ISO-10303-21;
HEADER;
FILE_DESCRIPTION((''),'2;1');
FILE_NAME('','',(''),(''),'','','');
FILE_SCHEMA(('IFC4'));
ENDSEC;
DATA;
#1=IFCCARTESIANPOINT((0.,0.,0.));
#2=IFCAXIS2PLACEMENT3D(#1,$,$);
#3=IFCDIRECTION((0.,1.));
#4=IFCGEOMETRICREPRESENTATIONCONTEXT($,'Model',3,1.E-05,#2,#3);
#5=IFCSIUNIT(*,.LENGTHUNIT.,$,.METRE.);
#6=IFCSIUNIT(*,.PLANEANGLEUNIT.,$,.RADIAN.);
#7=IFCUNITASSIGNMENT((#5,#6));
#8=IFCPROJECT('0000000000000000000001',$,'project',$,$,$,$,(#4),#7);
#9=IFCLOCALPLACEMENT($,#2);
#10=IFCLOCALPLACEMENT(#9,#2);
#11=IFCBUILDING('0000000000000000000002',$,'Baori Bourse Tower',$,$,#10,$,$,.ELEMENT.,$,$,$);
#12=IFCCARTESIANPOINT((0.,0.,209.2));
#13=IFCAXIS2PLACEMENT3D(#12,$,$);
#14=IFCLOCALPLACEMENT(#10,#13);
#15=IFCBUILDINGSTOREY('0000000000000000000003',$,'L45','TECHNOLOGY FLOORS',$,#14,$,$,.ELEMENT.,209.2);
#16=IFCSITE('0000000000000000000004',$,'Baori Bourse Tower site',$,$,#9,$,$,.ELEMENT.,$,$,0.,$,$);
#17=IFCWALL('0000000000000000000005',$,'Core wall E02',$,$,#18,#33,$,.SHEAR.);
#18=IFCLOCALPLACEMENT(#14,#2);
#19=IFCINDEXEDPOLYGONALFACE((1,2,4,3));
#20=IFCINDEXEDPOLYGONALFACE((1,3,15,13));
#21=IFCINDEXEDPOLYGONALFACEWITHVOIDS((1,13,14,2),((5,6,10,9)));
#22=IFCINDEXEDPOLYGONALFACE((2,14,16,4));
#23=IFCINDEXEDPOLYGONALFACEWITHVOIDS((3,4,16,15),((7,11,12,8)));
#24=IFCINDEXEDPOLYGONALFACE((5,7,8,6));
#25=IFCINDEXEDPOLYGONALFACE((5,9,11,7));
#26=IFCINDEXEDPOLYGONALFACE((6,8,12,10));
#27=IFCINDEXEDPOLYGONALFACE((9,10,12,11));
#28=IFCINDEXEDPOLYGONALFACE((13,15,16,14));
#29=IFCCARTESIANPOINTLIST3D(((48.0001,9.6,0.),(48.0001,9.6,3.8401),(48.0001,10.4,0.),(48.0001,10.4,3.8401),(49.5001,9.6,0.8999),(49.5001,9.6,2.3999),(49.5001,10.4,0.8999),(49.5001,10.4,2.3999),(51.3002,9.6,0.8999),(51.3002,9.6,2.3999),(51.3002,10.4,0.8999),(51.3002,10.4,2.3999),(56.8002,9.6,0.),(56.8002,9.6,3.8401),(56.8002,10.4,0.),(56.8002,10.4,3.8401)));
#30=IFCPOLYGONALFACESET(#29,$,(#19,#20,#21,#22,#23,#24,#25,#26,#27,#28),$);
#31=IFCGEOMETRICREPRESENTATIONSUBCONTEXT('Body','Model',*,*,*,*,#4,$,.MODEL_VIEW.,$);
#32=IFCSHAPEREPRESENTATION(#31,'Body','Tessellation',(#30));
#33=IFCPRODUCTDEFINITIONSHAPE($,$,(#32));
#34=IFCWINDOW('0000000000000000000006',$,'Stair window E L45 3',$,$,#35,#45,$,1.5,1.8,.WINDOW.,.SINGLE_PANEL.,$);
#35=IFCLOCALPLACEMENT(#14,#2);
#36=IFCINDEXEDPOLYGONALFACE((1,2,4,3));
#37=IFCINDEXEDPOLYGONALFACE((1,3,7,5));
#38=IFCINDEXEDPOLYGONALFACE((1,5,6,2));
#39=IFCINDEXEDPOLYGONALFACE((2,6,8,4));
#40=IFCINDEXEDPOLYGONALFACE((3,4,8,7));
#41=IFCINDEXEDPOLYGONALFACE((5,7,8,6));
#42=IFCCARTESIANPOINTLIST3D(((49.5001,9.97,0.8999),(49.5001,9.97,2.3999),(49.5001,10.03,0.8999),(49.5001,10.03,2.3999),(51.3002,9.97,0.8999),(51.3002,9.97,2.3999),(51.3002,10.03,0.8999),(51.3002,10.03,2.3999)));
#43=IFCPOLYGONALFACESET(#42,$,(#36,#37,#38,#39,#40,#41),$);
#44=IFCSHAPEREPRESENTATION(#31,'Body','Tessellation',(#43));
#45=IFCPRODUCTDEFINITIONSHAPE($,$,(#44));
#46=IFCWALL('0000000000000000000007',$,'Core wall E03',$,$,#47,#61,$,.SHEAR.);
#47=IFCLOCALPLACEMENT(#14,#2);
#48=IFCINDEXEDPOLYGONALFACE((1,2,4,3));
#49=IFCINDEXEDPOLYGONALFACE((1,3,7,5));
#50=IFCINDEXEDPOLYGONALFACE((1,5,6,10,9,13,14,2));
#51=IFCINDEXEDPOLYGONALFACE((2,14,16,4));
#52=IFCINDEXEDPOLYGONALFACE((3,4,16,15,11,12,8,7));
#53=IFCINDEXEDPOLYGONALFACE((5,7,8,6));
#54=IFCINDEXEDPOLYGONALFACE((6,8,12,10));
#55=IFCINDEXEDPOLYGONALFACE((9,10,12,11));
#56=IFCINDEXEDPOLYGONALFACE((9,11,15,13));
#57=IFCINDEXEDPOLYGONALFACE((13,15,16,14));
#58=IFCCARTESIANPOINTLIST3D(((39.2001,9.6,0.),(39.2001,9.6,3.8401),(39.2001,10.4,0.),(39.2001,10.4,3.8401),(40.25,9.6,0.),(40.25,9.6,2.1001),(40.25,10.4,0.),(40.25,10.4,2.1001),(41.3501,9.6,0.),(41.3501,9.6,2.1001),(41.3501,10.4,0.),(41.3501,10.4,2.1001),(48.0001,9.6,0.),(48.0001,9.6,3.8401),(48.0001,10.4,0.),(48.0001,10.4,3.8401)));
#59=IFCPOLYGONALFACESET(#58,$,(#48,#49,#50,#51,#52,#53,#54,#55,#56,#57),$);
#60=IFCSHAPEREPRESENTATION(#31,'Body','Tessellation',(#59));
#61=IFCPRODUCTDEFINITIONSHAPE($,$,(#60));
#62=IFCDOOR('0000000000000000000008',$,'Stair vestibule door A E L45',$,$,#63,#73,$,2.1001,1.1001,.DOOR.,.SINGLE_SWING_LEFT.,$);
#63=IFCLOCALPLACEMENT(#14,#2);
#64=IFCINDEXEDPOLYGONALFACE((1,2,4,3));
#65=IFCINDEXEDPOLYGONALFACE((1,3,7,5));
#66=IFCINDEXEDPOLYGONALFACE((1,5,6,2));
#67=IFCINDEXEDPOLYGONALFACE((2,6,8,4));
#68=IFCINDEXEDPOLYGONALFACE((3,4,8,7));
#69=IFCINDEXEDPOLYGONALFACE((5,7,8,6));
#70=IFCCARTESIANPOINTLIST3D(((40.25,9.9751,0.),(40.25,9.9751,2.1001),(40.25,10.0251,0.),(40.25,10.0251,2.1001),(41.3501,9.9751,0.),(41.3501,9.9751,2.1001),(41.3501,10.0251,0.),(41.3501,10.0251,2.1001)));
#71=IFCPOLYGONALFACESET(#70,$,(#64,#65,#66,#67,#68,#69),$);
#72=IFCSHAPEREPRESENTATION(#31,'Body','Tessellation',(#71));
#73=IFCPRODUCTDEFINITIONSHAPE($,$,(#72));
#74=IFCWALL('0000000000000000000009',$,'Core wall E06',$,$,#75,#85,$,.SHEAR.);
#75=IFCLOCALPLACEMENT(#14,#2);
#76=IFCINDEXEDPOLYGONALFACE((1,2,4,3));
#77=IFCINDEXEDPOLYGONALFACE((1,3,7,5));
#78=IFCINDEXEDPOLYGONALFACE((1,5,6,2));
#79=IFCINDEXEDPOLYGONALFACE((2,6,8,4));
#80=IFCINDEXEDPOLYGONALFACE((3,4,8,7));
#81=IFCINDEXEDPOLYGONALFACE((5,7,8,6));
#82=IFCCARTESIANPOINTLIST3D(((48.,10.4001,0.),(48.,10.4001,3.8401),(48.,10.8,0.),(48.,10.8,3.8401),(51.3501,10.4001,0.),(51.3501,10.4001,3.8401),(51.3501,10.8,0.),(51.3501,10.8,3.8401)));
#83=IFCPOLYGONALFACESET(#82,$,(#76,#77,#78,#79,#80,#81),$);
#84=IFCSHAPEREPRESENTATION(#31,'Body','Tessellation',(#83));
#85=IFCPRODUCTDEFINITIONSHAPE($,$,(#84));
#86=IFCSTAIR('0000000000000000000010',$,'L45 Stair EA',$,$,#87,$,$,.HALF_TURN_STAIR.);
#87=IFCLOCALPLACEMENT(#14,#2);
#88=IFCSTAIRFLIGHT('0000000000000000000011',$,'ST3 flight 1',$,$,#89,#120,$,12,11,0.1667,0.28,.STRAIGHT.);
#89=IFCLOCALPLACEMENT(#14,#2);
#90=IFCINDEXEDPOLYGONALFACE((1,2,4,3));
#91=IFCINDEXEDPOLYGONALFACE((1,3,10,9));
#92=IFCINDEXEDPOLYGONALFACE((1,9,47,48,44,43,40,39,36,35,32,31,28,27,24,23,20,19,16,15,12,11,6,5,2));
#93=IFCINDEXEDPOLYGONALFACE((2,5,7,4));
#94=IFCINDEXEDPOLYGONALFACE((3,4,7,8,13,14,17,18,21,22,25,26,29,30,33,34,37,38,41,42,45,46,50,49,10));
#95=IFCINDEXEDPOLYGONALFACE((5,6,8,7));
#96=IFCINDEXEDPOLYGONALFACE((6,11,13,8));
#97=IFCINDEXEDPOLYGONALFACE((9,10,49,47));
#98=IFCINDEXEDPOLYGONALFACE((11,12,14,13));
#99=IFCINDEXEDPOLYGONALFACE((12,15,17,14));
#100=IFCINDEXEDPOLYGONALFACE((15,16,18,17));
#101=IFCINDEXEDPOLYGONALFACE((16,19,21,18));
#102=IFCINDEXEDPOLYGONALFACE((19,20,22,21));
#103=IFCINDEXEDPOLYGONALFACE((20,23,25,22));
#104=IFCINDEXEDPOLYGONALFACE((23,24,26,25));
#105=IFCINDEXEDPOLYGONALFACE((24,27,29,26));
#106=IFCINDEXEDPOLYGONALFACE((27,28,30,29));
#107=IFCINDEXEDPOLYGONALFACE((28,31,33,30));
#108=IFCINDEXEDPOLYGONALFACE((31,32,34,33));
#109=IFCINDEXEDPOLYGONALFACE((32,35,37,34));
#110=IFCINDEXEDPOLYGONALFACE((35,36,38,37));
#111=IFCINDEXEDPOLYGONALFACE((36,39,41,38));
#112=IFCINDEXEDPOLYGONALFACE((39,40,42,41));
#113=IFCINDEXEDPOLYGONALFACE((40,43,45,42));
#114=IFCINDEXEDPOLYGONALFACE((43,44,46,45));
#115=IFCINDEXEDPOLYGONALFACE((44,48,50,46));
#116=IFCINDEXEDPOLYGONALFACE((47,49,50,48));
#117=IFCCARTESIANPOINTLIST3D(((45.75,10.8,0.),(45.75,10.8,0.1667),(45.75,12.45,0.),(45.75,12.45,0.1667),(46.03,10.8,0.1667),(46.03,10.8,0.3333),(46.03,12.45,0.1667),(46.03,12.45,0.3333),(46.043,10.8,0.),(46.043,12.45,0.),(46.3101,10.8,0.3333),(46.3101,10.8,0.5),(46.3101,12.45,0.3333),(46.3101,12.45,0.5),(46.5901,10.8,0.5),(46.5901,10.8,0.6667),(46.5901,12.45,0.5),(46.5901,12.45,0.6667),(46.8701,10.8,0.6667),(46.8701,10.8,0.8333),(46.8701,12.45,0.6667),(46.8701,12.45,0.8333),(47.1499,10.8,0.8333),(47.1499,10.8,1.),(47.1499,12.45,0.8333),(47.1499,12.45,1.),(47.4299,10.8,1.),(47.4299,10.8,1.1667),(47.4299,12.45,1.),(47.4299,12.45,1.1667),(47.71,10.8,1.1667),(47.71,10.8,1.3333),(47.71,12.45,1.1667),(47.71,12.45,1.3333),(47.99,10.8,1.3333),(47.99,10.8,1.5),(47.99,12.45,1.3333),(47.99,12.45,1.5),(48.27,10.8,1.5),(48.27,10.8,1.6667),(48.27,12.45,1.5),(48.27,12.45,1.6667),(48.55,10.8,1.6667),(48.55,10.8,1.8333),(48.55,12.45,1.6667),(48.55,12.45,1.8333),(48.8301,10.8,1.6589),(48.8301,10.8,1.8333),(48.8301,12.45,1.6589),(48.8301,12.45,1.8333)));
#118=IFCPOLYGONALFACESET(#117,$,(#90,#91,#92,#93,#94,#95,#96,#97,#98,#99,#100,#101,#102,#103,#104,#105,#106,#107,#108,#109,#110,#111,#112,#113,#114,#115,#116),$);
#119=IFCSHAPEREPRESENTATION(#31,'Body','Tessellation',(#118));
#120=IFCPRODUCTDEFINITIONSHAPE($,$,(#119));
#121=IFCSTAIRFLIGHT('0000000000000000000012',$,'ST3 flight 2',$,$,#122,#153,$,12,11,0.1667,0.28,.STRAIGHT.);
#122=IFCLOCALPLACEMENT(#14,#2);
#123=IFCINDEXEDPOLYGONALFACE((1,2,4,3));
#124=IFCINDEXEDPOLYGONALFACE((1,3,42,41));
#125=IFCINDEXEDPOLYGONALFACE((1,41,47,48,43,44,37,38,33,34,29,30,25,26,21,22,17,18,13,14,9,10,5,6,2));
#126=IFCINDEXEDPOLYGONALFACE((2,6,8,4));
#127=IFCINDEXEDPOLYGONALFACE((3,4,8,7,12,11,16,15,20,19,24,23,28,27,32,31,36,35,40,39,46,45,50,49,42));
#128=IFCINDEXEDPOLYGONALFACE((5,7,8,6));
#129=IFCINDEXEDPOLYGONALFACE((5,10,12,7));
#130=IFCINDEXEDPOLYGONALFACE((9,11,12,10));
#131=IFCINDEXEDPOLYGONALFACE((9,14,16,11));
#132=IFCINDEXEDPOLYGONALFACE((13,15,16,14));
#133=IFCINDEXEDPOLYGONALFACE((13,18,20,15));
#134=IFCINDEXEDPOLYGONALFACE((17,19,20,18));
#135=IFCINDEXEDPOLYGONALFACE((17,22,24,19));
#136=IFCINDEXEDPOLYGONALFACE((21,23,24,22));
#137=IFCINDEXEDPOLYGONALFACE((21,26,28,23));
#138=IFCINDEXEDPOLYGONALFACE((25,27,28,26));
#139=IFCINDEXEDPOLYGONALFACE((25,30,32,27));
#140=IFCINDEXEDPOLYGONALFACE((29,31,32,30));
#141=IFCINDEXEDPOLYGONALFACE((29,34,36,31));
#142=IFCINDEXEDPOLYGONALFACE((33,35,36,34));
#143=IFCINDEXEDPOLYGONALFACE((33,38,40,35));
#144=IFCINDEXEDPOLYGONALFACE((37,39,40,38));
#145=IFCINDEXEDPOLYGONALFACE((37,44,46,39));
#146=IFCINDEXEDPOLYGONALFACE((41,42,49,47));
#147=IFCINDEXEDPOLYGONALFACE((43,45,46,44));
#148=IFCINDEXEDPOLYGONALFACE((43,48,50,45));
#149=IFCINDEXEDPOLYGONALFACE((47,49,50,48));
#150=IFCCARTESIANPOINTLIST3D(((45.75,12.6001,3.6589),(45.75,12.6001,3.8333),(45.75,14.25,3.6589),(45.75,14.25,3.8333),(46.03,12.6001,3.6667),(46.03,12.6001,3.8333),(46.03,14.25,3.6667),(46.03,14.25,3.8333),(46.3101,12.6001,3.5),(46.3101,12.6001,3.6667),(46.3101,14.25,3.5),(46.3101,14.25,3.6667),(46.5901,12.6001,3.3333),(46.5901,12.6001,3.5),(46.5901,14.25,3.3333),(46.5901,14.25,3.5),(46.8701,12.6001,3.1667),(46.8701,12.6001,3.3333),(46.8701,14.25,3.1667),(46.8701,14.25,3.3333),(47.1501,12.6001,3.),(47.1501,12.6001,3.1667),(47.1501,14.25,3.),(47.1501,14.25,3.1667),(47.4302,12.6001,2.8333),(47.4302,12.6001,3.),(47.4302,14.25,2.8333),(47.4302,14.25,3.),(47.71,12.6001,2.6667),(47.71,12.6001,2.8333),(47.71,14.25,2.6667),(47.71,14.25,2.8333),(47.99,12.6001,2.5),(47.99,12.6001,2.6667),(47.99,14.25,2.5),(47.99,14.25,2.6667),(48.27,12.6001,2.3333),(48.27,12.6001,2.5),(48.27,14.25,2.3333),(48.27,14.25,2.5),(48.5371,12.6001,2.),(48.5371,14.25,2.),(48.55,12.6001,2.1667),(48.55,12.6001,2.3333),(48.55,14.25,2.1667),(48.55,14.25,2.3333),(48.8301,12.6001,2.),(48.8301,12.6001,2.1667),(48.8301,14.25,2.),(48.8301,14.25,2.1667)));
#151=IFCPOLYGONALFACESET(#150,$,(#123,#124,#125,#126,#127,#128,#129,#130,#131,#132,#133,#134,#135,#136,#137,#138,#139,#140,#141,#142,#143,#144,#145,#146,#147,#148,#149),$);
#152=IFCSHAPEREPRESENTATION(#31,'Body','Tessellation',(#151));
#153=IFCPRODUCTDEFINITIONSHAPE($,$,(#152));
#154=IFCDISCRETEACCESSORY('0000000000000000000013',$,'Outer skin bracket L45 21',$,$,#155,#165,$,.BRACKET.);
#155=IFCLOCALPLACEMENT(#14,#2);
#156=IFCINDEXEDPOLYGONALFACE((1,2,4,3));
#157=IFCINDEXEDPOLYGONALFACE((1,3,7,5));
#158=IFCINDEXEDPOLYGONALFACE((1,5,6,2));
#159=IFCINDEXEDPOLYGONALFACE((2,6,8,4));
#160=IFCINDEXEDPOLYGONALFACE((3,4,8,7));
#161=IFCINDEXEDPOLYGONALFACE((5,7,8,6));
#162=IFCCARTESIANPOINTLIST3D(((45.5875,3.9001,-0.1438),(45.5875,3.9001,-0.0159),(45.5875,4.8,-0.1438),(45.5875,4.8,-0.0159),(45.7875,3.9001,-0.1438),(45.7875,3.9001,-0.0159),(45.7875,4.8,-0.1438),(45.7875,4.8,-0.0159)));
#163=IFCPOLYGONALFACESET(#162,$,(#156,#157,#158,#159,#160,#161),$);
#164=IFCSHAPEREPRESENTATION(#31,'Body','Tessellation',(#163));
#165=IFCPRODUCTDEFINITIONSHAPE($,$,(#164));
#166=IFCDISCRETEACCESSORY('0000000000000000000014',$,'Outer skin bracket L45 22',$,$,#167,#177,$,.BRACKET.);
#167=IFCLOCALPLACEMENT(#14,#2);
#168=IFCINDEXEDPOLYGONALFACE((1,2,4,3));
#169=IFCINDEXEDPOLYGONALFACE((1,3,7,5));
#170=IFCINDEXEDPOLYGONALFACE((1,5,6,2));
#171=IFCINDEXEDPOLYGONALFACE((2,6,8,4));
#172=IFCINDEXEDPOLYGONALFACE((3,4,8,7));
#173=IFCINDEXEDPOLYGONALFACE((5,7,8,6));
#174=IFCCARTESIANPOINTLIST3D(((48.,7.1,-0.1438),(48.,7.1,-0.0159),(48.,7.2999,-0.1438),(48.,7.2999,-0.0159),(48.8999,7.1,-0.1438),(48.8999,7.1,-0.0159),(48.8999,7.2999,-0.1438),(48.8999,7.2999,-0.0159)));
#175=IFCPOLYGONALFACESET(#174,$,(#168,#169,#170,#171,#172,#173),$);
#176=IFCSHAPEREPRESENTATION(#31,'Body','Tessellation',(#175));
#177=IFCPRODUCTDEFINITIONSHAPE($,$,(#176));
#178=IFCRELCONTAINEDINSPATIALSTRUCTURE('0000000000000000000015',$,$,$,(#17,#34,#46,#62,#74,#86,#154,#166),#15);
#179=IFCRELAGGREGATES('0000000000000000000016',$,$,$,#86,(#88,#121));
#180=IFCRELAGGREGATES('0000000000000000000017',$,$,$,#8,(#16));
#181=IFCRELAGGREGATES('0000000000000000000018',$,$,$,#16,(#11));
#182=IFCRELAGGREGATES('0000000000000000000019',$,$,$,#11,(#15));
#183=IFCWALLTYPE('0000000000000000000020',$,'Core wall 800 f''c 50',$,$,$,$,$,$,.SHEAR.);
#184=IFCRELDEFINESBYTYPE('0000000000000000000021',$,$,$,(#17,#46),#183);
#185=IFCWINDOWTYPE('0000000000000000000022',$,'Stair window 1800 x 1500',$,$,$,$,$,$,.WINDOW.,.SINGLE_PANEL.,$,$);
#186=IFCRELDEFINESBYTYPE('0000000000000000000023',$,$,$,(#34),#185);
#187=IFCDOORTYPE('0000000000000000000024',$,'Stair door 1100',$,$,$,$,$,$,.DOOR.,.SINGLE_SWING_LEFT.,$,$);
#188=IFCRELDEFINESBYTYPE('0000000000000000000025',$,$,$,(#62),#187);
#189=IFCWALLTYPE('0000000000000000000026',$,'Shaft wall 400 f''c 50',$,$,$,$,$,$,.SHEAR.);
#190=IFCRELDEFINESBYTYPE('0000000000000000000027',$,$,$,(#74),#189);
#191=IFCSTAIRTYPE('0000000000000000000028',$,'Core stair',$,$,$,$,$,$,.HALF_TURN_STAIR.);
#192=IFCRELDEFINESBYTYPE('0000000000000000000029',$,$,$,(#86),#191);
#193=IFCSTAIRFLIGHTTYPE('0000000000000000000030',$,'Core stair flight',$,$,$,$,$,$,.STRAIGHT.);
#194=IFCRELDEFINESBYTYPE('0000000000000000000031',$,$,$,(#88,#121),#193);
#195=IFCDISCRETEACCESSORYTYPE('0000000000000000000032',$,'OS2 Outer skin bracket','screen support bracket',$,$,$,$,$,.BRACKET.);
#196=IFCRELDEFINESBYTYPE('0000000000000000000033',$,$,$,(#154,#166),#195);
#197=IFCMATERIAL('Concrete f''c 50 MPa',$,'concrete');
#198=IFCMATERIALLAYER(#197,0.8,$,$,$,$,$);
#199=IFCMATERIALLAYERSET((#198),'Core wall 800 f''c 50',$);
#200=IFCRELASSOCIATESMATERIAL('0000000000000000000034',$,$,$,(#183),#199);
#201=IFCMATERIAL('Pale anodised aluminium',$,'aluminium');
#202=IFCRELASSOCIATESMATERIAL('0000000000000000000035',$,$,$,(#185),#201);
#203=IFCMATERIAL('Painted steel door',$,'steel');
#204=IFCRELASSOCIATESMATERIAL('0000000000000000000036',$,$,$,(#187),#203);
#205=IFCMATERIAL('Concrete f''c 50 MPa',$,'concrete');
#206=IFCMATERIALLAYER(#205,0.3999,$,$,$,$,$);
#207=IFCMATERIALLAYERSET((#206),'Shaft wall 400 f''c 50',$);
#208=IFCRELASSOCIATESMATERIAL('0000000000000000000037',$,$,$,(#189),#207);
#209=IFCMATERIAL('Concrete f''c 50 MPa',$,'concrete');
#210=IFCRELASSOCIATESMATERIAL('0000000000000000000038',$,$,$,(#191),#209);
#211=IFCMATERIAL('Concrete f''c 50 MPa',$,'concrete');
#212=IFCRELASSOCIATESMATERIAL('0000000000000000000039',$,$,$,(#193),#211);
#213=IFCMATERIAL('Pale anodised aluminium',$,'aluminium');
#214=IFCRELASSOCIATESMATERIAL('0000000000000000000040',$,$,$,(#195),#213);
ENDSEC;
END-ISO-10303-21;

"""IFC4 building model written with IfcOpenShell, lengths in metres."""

from ifc_helpers import new_model, si_unit, direction, frame, frame_2d, origin, origin_2d, place, context, subcontext, project, spatial, polyline, rectangle, outline, extrude, material, layer, layer_set, type_object, element, fill, aggregate, save


model = new_model("IFC4")

# Units and contexts
model_context = context("Model", 3, precision=1e-05, world=origin(), true_north=direction((0.0, 1.0)))
body_context = subcontext(model_context, "Body", "Model", "MODEL_VIEW")
ifc_project = project(units=[si_unit("LENGTHUNIT", "METRE"), si_unit("PLANEANGLEUNIT", "RADIAN")], contexts=[model_context])

# Site, building, storey
site_placement = place(None, origin())
site = spatial("IfcSite", under=ifc_project, at=site_placement, Name="Baori Bourse Tower site", CompositionType="ELEMENT", RefElevation=0.0)
building_placement = place(site_placement, origin())
building = spatial("IfcBuilding", under=site, at=building_placement, Name="Baori Bourse Tower", CompositionType="ELEMENT")
storey_placement = place(building_placement, frame((0.0, 0.0, 209.2)))
storey = spatial("IfcBuildingStorey", under=building, at=storey_placement, Name="L45", Description="TECHNOLOGY FLOORS", CompositionType="ELEMENT", Elevation=209.2)

# Wall, opening, window
ifc_material_1 = material(Name="Concrete f'c 50 MPa", Category="concrete")
ifc_layer_1 = layer(ifc_material_1, 0.8)
ifc_layer_set_1 = layer_set([ifc_layer_1], Name="Core wall 800 f'c 50")
wall_type_1 = type_object("IfcWallType", Name="Core wall 800 f'c 50", PredefinedType="SHEAR", material=ifc_layer_set_1)
wall_1_placement = place(storey_placement, frame((56.8, 10.0, 0.0), z_axis=(0.0, 0.0, 1.0), x_axis=(-1.0, 0.0, 0.0)))
wall_1 = element("IfcWall", 1, at=wall_1_placement, inside=storey, type_object=wall_type_1, Name="Core wall E02", PredefinedType="SHEAR", context=body_context, shape_type="SweptSolid", body=[
    extrude(rectangle(XDim=8.8, YDim=0.8, at=frame_2d((4.3999, 0.0))), origin(), (0.0, 0.0, 1.0), 3.8401),
])
opening_1_placement = place(wall_1_placement, frame((5.5, 0.0, 0.8999)))
opening_1 = element("IfcOpeningElement", 2, at=opening_1_placement, cuts=wall_1, PredefinedType="OPENING", context=body_context, shape_type="SweptSolid", body=[
    extrude(rectangle(XDim=1.8, YDim=1.5, at=frame_2d((0.8999, 0.75))), frame((0.0, 0.4099, 0.0), z_axis=(0.0, -1.0, 0.0), x_axis=(1.0, 0.0, 0.0)), (0.0, 0.0, 1.0), 0.8201),
])
ifc_material_2 = material(Name="Pale anodised aluminium", Category="aluminium")
window_type = type_object("IfcWindowType", Name="Stair window 1800 x 1500", PartitioningType="SINGLE_PANEL", PredefinedType="WINDOW", material=ifc_material_2)
window_placement = place(opening_1_placement, origin())
window = element("IfcWindow", 3, at=window_placement, inside=storey, type_object=window_type, Name="Stair window E L45 3", OverallHeight=1.5, OverallWidth=1.8, PartitioningType="SINGLE_PANEL", PredefinedType="WINDOW", context=body_context, shape_type="SweptSolid", body=[
    extrude(rectangle(XDim=1.8, YDim=1.5, at=frame_2d((0.8999, 0.75))), frame((0.0, 0.03, 0.0), z_axis=(0.0, -1.0, 0.0), x_axis=(1.0, 0.0, 0.0)), (0.0, 0.0, 1.0), 0.0601),
])
fill(opening_1, window)

# Wall, opening, door
wall_2_placement = place(storey_placement, frame((48.0, 10.0, 0.0), z_axis=(0.0, 0.0, 1.0), x_axis=(-1.0, 0.0, 0.0)))
wall_2 = element("IfcWall", 4, at=wall_2_placement, inside=storey, type_object=wall_type_1, Name="Core wall E03", PredefinedType="SHEAR", context=body_context, shape_type="SweptSolid", body=[
    extrude(rectangle(XDim=8.8, YDim=0.8, at=frame_2d((4.3999, 0.0))), origin(), (0.0, 0.0, 1.0), 3.8401),
])
opening_2_placement = place(wall_2_placement, frame((6.6499, 0.0, 0.0)))
opening_2 = element("IfcOpeningElement", 5, at=opening_2_placement, cuts=wall_2, PredefinedType="OPENING", context=body_context, shape_type="SweptSolid", body=[
    extrude(rectangle(XDim=1.1001, YDim=2.1001, at=frame_2d((0.55, 1.05))), frame((0.0, 0.4099, 0.0), z_axis=(0.0, -1.0, 0.0), x_axis=(1.0, 0.0, 0.0)), (0.0, 0.0, 1.0), 0.8201),
])
ifc_material_3 = material(Name="Painted steel door", Category="steel")
door_type = type_object("IfcDoorType", Name="Stair door 1100", OperationType="SINGLE_SWING_LEFT", PredefinedType="DOOR", material=ifc_material_3)
door_placement = place(opening_2_placement, origin())
door = element("IfcDoor", 6, at=door_placement, inside=storey, type_object=door_type, Name="Stair vestibule door A E L45", OperationType="SINGLE_SWING_LEFT", OverallHeight=2.1001, OverallWidth=1.1001, PredefinedType="DOOR", context=body_context, shape_type="SweptSolid", body=[
    extrude(rectangle(XDim=1.1001, YDim=2.1001, at=frame_2d((0.55, 1.05))), frame((0.0, 0.0249, 0.0), z_axis=(0.0, -1.0, 0.0), x_axis=(1.0, 0.0, 0.0)), (0.0, 0.0, 1.0), 0.05),
])
fill(opening_2, door)

# Wall
ifc_material_4 = material(Name="Concrete f'c 50 MPa", Category="concrete")
ifc_layer_2 = layer(ifc_material_4, 0.3999)
ifc_layer_set_2 = layer_set([ifc_layer_2], Name="Shaft wall 400 f'c 50")
wall_type_2 = type_object("IfcWallType", Name="Shaft wall 400 f'c 50", PredefinedType="SHEAR", material=ifc_layer_set_2)
wall_3_placement = place(storey_placement, frame((48.0, 10.6001, 0.0), z_axis=(0.0, 0.0, 1.0), x_axis=(1.0, 0.0, 0.0)))
element("IfcWall", 7, at=wall_3_placement, inside=storey, type_object=wall_type_2, Name="Core wall E06", PredefinedType="SHEAR", context=body_context, shape_type="SweptSolid", body=[
    extrude(rectangle(XDim=3.3501, YDim=0.3999, at=frame_2d((1.675, 0.0))), origin(), (0.0, 0.0, 1.0), 3.8401),
])

# Stair, stair flights
ifc_material_5 = material(Name="Concrete f'c 50 MPa", Category="concrete")
stair_type = type_object("IfcStairType", Name="Core stair", PredefinedType="HALF_TURN_STAIR", material=ifc_material_5)
stair_placement = place(storey_placement, origin())
stair = element("IfcStair", 8, at=stair_placement, inside=storey, type_object=stair_type, Name="L45 Stair EA", PredefinedType="HALF_TURN_STAIR")
ifc_material_6 = material(Name="Concrete f'c 50 MPa", Category="concrete")
stair_flight_type = type_object("IfcStairFlightType", Name="Core stair flight", PredefinedType="STRAIGHT", material=ifc_material_6)
stair_flight_1_placement = place(storey_placement, frame((45.75, 11.625, 0.0), z_axis=(0.0, 0.0, 1.0), x_axis=(1.0, 0.0, 0.0)))
stair_flight_1 = element("IfcStairFlight", 9, at=stair_flight_1_placement, type_object=stair_flight_type, Name="ST3 flight 1", NumberOfRisers=12, NumberOfTreads=11, PredefinedType="STRAIGHT", RiserHeight=0.1667, TreadLength=0.28, context=body_context, shape_type="SweptSolid", body=[
    extrude(outline(polyline([(0.0, 0.0), (0.0, 0.1667), (0.28, 0.1667), (0.28, 0.3333), (0.5601, 0.3333), (0.5601, 0.5), (0.8401, 0.5), (0.8401, 0.6667), (1.1201, 0.6667), (1.1201, 0.8333), (1.3999, 0.8333), (1.3999, 1.0), (1.6799, 1.0), (1.6799, 1.1667), (1.96, 1.1667), (1.96, 1.3333), (2.24, 1.3333), (2.24, 1.5), (2.52, 1.5), (2.52, 1.6667), (2.8, 1.6667), (2.8, 1.8333), (3.0801, 1.8333), (3.0801, 2.0), (3.0801, 1.6589), (0.293, 0.0), (0.0, 0.0)])), frame((0.0, 0.825, 0.0), z_axis=(0.0, -1.0, 0.0), x_axis=(1.0, 0.0, 0.0)), (0.0, 0.0, 1.0), 1.6499),
])
stair_flight_2_placement = place(storey_placement, frame((48.8301, 13.425, 2.0), z_axis=(0.0, 0.0, 1.0), x_axis=(-1.0, 0.0, 0.0)))
stair_flight_2 = element("IfcStairFlight", 10, at=stair_flight_2_placement, type_object=stair_flight_type, Name="ST3 flight 2", NumberOfRisers=12, NumberOfTreads=11, PredefinedType="STRAIGHT", RiserHeight=0.1667, TreadLength=0.28, context=body_context, shape_type="SweptSolid", body=[
    extrude(outline(polyline([(0.0, 0.0), (0.0, 0.1667), (0.28, 0.1667), (0.28, 0.3333), (0.5601, 0.3333), (0.5601, 0.5), (0.8401, 0.5), (0.8401, 0.6667), (1.1201, 0.6667), (1.1201, 0.8333), (1.3999, 0.8333), (1.3999, 1.0), (1.6799, 1.0), (1.6799, 1.1667), (1.96, 1.1667), (1.96, 1.3333), (2.24, 1.3333), (2.24, 1.5), (2.52, 1.5), (2.52, 1.6667), (2.8, 1.6667), (2.8, 1.8333), (3.0801, 1.8333), (3.0801, 2.0), (3.0801, 1.6589), (0.293, 0.0), (0.0, 0.0)])), frame((0.0, 0.825, 0.0), z_axis=(0.0, -1.0, 0.0), x_axis=(1.0, 0.0, 0.0)), (0.0, 0.0, 1.0), 1.6499),
])
aggregate(stair, [stair_flight_1, stair_flight_2])

# Discrete accessories
ifc_material_7 = material(Name="Pale anodised aluminium", Category="aluminium")
discrete_accessory_type = type_object("IfcDiscreteAccessoryType", Name="OS2 Outer skin bracket", Description="screen support bracket", PredefinedType="BRACKET", material=ifc_material_7)
for number, where, z_axis, x_axis, name in (
    (11, (45.6875, 4.3501, -0.1438), (0.0, 0.0, 1.0), (1.0, 0.0, 0.0), "Outer skin bracket L45 21"),
    (12, (48.45, 7.2, -0.1438), (0.0, 0.0, 1.0), (0.0, 1.0, 0.0), "Outer skin bracket L45 22"),
):
    element("IfcDiscreteAccessory", number, at=place(storey_placement, frame(where, z_axis=z_axis, x_axis=x_axis)), inside=storey, type_object=discrete_accessory_type, Name=name, PredefinedType="BRACKET", context=body_context, shape_type="SweptSolid", body=[
        extrude(rectangle(XDim=0.2, YDim=0.8999, at=origin_2d()), origin(), (0.0, 0.0, 1.0), 0.1279),
    ])

save(model, "model.ifc")
